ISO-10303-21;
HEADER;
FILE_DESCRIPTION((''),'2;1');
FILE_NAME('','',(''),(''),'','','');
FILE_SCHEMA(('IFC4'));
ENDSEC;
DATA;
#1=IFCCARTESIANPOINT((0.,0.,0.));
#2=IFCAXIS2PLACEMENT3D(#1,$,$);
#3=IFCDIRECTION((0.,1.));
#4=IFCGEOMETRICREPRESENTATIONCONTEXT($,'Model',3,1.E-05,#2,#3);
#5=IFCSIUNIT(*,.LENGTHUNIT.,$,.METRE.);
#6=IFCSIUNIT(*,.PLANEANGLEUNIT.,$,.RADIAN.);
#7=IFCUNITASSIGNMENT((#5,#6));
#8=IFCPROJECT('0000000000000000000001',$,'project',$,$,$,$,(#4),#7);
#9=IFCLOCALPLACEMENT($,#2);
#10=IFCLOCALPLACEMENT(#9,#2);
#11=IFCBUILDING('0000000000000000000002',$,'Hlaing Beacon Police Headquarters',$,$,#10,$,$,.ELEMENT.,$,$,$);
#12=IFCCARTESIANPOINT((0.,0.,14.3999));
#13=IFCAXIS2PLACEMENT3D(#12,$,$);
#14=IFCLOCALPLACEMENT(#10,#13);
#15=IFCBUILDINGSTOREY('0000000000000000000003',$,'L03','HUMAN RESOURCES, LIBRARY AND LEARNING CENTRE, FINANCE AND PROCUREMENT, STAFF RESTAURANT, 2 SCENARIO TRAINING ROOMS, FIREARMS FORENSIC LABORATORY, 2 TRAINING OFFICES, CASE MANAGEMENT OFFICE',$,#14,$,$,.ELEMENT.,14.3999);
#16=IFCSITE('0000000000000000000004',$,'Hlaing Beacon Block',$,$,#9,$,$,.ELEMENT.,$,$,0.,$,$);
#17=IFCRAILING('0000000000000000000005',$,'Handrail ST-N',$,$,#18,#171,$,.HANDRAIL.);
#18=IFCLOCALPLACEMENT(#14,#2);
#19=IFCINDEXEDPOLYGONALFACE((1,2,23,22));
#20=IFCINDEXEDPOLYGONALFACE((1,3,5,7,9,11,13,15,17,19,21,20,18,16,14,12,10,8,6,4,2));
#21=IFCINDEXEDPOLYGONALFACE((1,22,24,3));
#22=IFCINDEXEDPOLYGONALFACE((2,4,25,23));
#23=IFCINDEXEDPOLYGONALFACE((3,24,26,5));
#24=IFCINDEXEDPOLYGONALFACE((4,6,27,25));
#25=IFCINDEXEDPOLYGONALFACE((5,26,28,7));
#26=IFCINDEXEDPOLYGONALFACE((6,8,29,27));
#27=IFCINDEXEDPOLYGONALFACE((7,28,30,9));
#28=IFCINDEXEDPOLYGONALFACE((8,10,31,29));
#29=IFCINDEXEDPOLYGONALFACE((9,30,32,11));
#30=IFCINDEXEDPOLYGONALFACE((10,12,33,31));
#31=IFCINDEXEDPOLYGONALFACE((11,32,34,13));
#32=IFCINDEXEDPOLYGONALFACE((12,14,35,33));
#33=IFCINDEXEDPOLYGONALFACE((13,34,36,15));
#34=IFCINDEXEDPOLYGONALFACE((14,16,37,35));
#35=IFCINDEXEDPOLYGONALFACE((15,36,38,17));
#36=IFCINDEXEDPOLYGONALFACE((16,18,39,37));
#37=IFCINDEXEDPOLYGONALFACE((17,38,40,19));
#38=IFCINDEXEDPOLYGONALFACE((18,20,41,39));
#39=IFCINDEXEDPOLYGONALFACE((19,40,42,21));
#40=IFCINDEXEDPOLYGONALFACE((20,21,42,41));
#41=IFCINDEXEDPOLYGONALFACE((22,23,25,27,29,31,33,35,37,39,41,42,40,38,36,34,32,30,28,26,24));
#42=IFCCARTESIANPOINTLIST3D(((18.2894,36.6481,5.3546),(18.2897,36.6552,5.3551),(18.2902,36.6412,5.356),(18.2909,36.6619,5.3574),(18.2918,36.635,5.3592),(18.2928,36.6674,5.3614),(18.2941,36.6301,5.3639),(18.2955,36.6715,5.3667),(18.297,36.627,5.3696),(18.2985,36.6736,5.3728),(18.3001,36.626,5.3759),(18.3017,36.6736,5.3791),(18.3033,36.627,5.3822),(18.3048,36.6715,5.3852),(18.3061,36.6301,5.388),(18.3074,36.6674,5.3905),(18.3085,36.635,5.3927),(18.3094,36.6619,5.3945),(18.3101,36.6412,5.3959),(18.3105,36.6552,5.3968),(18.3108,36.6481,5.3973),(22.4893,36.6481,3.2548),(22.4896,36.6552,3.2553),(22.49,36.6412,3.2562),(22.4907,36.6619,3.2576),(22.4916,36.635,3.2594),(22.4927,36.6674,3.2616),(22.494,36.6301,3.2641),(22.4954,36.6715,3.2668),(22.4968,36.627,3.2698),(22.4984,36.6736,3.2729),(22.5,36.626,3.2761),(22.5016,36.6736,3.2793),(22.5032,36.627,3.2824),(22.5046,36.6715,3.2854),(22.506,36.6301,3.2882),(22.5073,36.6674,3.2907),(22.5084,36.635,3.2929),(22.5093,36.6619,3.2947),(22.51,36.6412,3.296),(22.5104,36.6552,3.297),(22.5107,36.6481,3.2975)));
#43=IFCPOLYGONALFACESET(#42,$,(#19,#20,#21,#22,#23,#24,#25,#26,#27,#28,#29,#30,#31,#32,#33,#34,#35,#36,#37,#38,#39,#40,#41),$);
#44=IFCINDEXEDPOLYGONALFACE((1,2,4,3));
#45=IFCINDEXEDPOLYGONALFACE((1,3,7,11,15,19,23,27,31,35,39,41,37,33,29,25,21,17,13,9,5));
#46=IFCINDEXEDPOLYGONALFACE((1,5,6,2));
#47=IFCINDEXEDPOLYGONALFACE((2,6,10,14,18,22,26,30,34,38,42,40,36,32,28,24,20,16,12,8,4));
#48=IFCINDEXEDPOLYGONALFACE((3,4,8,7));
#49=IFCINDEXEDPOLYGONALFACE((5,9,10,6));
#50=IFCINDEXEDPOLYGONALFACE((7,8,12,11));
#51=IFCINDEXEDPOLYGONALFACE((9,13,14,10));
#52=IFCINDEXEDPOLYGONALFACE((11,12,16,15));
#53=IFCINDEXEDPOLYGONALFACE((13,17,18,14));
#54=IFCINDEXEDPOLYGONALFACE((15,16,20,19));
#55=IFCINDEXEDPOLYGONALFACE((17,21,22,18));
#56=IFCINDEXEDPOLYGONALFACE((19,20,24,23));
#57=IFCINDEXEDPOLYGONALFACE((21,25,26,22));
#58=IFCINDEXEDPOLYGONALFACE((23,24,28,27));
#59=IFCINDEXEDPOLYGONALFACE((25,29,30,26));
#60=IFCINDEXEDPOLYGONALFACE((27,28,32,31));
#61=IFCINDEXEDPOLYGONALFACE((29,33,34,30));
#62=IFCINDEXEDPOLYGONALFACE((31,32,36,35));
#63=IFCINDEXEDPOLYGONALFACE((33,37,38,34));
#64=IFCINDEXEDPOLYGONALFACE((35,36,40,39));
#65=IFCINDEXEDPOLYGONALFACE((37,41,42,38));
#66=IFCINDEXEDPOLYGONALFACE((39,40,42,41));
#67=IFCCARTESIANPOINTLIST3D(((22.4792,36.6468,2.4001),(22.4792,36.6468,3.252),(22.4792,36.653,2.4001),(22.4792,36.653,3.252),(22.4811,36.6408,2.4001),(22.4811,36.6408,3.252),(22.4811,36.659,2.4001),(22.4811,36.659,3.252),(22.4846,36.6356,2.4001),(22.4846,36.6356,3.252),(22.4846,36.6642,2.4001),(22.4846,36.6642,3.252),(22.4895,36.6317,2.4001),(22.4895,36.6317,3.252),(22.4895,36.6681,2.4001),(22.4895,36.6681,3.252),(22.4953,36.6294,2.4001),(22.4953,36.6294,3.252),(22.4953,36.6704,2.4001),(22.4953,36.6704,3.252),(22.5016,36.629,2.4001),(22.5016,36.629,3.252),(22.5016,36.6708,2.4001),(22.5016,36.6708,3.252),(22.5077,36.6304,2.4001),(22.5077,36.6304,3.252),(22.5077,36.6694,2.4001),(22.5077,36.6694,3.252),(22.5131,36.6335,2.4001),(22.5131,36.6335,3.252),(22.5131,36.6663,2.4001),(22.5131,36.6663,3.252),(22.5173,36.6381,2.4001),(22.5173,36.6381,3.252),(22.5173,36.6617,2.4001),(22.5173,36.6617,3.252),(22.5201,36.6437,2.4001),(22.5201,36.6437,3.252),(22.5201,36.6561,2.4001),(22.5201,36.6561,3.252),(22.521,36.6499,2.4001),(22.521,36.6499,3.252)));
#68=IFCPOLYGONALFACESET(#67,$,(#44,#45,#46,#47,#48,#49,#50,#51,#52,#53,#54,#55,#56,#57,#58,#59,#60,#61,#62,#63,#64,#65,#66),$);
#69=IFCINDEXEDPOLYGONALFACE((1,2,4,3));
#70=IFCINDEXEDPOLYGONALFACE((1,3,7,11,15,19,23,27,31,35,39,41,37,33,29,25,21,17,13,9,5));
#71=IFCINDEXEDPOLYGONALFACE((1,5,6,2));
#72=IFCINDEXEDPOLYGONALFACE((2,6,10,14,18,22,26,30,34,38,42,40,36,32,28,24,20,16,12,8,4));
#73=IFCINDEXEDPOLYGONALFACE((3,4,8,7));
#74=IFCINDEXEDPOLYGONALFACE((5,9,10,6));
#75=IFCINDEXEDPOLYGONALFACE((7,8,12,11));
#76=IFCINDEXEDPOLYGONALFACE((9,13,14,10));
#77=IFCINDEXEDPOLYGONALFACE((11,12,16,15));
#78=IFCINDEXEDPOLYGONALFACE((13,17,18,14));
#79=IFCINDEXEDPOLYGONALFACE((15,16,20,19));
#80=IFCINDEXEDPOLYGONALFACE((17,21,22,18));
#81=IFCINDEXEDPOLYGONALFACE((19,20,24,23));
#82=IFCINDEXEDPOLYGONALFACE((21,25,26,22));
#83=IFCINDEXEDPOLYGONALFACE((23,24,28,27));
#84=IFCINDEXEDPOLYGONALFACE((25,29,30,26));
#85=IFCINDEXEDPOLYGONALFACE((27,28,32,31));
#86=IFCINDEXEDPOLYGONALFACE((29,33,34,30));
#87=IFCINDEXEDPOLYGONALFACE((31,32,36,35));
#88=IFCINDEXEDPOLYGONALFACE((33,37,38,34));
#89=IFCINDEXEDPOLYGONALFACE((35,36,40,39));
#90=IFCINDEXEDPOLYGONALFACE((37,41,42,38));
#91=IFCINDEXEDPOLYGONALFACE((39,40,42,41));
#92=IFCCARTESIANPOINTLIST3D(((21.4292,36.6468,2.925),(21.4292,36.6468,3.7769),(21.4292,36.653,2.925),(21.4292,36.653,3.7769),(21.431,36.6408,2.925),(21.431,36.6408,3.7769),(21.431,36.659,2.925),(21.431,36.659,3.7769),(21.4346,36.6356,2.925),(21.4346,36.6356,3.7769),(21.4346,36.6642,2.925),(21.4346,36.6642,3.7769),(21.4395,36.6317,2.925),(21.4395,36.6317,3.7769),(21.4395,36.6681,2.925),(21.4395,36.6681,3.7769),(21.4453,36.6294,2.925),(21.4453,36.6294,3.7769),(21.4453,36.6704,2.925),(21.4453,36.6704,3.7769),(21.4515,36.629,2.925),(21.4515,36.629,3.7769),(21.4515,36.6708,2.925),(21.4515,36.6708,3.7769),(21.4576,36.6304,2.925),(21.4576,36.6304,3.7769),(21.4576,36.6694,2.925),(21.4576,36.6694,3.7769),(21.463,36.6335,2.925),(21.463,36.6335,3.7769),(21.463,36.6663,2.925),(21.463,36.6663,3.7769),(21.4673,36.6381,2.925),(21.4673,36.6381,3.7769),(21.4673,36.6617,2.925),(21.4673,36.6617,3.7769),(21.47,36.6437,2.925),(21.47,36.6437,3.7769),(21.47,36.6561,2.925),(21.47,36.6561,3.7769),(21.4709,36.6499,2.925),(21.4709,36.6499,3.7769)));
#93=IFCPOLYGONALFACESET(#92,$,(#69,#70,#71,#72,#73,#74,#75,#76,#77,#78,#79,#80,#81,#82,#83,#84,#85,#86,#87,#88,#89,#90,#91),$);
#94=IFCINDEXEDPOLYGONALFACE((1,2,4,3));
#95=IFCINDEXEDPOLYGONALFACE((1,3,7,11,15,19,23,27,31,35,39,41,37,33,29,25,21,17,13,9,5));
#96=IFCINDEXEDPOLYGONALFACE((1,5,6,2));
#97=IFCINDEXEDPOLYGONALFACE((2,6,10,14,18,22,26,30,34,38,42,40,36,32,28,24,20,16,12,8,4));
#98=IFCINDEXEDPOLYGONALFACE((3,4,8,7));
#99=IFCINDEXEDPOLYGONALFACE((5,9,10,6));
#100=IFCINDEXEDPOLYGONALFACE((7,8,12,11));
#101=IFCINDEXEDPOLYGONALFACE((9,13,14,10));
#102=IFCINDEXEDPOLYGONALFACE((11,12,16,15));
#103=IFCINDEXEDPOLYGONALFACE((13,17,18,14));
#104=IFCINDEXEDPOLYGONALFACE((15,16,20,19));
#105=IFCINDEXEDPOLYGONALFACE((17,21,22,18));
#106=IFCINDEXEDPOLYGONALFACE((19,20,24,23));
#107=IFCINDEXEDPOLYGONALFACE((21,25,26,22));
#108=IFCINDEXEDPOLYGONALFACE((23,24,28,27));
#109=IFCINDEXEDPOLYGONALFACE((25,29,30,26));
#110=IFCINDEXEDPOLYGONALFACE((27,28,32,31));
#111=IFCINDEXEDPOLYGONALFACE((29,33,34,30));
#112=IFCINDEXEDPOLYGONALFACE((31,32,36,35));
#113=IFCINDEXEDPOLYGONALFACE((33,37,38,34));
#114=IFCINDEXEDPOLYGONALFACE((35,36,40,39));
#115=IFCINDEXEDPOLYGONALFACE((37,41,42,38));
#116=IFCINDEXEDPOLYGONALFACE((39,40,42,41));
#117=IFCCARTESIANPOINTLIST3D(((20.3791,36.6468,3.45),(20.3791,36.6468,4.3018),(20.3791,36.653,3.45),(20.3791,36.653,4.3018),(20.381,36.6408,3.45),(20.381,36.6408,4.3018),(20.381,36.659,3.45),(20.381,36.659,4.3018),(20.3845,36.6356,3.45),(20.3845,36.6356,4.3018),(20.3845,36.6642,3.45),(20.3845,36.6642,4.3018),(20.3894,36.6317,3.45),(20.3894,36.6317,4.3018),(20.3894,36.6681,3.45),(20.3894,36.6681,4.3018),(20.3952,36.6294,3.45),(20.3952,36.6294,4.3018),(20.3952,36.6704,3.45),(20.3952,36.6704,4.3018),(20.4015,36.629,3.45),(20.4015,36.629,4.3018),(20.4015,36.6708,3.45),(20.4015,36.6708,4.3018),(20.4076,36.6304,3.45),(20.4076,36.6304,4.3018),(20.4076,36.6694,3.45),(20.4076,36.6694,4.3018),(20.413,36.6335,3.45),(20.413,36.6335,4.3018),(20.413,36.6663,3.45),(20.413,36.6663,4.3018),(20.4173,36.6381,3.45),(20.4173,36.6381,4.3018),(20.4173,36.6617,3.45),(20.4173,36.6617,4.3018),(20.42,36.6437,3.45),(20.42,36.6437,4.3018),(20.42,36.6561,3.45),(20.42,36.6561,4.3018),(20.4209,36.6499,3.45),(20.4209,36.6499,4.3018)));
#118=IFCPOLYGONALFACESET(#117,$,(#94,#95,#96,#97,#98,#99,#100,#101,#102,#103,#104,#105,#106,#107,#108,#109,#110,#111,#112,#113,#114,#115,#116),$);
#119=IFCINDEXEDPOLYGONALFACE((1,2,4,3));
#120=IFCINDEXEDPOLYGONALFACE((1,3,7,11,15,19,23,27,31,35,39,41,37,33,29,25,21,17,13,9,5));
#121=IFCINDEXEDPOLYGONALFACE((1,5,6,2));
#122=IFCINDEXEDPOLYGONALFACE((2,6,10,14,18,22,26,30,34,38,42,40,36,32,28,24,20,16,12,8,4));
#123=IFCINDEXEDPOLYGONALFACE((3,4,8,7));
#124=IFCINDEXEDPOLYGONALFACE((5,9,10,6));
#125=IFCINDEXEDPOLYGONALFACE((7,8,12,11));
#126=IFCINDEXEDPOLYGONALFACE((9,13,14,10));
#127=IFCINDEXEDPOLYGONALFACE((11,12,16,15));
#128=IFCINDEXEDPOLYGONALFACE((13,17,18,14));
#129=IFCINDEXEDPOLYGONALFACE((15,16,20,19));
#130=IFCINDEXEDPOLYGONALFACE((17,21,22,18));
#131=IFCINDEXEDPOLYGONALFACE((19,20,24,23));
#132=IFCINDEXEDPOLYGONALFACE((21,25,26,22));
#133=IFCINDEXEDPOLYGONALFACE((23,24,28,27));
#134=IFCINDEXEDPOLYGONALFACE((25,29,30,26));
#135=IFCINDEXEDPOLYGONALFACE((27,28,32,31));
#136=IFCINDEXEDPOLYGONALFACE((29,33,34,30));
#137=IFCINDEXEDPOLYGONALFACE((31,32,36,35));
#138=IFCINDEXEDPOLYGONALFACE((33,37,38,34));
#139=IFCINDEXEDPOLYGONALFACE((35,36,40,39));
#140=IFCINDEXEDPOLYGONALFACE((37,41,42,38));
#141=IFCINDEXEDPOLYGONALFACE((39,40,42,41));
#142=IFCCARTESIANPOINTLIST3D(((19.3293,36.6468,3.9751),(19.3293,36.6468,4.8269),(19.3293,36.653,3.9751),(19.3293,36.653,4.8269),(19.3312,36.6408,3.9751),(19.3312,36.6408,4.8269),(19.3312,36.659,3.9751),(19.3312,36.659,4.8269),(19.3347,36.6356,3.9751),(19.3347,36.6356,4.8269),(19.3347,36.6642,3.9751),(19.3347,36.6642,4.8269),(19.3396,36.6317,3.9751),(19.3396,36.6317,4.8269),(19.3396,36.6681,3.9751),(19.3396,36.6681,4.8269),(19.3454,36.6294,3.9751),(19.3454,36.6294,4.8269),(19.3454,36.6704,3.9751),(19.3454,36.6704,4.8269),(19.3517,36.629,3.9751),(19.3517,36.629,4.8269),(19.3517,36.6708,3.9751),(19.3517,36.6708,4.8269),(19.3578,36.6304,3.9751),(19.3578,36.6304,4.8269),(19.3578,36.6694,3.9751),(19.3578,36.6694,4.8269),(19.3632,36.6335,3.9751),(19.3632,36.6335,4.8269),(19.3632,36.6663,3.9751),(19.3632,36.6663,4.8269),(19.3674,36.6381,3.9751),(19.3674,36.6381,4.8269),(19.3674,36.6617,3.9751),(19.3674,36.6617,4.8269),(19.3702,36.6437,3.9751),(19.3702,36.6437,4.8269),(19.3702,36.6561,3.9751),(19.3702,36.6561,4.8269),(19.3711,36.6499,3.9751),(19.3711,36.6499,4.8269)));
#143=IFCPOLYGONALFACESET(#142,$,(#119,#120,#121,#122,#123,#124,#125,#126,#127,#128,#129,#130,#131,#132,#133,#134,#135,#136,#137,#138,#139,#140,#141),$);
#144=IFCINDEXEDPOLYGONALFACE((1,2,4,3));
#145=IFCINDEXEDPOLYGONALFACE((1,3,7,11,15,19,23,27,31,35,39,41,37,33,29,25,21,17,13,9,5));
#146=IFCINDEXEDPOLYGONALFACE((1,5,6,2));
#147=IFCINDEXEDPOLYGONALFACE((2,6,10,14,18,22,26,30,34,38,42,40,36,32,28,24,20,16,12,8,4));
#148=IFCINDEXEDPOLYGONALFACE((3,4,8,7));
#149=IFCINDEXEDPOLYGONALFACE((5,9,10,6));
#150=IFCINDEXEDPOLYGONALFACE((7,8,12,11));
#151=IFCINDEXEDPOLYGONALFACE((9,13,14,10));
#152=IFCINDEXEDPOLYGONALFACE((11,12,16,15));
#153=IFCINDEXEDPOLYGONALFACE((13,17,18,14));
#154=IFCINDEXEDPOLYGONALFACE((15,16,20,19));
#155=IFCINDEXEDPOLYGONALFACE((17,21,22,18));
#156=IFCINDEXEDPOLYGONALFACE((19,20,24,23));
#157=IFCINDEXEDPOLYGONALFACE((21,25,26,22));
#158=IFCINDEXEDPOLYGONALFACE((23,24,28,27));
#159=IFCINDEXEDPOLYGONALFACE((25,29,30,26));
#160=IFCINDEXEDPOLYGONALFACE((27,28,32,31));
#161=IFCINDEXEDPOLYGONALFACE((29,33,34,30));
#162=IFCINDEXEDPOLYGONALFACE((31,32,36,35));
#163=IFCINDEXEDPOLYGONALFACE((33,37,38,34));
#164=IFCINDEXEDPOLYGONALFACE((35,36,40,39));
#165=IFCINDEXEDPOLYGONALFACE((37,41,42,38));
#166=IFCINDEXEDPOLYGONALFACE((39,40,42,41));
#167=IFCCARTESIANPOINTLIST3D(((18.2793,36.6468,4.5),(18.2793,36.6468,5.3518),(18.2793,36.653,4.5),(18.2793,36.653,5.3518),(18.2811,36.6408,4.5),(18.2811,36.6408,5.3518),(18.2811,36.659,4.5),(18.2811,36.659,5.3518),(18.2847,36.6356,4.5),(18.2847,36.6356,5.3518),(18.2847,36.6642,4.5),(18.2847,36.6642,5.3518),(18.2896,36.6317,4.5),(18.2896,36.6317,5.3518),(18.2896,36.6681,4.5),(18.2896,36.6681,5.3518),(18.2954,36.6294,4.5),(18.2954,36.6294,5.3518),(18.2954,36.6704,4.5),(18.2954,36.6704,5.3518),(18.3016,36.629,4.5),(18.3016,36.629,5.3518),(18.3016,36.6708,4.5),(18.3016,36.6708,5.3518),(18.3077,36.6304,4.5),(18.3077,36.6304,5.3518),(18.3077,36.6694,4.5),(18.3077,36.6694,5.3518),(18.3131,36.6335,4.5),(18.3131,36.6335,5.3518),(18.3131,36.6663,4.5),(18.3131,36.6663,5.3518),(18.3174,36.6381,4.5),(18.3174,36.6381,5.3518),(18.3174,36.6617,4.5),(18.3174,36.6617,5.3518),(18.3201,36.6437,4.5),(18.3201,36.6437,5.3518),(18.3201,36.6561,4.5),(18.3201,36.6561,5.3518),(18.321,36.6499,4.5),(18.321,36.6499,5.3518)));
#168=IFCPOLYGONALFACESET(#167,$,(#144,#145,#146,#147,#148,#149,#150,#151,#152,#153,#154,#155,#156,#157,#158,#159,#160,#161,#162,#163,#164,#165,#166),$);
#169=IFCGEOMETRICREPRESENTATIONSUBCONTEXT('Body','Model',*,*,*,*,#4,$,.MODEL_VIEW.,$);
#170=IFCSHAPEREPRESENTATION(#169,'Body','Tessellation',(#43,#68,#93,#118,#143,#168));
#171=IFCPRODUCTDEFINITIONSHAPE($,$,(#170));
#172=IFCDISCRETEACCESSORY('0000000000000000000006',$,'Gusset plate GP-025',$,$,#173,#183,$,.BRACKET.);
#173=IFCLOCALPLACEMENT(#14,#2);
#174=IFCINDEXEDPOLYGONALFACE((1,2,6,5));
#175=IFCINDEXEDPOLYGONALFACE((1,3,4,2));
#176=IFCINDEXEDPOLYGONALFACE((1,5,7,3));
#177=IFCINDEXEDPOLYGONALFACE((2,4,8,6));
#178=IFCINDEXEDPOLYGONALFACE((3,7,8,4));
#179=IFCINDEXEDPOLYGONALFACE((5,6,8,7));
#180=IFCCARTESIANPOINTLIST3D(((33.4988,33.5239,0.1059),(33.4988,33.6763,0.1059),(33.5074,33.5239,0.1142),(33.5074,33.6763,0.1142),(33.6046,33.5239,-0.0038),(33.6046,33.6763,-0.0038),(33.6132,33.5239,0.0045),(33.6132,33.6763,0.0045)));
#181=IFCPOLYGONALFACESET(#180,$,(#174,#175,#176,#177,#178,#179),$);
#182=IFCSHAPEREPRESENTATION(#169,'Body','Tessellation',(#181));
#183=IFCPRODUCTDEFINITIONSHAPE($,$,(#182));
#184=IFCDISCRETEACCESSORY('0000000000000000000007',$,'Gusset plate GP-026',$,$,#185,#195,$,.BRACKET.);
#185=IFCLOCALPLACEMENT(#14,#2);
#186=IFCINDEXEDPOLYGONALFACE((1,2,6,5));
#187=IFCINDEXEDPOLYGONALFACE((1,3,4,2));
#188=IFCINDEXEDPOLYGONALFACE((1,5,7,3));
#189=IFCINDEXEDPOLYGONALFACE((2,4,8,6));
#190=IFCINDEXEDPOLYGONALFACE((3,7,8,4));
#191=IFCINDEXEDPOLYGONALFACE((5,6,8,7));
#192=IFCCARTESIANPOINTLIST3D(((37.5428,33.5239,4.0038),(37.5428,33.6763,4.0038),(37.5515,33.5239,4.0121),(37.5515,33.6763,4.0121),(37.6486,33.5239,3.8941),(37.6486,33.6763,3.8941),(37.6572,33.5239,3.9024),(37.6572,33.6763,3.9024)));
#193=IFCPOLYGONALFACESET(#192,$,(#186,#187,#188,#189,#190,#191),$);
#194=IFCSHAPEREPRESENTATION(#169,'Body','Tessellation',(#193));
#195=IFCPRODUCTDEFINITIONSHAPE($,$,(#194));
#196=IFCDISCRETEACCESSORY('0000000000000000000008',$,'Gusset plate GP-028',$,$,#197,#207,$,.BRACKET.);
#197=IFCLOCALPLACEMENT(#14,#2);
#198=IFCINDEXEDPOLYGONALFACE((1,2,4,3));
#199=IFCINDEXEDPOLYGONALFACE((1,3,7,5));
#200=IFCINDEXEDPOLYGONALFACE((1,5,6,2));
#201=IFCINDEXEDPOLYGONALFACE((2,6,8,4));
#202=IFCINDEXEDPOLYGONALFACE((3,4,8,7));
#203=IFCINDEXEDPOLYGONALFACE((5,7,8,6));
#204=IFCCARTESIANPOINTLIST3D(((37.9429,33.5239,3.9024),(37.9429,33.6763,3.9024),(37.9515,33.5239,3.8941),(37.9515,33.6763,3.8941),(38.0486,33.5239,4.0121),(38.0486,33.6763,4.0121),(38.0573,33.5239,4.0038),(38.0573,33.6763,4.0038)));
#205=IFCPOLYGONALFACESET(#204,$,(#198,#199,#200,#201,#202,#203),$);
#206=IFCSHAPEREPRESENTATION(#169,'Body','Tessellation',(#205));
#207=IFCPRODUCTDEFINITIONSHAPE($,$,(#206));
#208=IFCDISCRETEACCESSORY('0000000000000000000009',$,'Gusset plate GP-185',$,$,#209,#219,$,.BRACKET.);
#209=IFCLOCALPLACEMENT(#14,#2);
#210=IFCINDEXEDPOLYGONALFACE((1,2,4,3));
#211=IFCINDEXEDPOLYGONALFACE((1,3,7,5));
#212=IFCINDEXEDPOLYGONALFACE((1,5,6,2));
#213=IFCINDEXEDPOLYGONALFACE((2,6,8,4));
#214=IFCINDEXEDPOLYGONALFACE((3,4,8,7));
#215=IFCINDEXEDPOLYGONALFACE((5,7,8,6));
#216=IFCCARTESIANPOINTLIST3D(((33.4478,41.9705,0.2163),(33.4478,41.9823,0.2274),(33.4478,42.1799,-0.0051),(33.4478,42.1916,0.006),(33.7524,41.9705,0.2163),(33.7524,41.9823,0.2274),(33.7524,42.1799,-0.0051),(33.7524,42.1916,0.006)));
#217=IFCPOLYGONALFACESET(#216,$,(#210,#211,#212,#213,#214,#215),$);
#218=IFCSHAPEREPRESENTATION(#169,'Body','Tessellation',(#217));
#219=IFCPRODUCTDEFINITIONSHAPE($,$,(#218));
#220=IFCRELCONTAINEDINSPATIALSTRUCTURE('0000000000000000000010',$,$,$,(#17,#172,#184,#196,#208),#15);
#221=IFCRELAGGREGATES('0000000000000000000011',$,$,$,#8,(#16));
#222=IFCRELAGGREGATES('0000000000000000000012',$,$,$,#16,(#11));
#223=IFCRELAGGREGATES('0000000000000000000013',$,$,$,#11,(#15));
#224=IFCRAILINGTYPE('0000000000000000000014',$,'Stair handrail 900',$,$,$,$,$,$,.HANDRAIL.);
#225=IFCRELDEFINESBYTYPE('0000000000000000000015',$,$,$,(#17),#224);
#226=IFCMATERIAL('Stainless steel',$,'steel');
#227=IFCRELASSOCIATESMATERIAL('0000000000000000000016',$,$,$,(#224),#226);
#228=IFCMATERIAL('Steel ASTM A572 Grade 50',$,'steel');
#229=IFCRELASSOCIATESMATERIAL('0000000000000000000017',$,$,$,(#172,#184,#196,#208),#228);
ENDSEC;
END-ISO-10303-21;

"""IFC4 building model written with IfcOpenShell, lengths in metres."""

from ifc_helpers import new_model, si_unit, direction, frame, origin, origin_2d, place, context, subcontext, project, spatial, rectangle, circle, extrude, material, type_object, element, save


model = new_model("IFC4")

# Units and contexts
model_context = context("Model", 3, precision=1e-05, world=origin(), true_north=direction((0.0, 1.0)))
body_context = subcontext(model_context, "Body", "Model", "MODEL_VIEW")
ifc_project = project(units=[si_unit("LENGTHUNIT", "METRE"), si_unit("PLANEANGLEUNIT", "RADIAN")], contexts=[model_context])

# Site, building, storey
site_placement = place(None, origin())
site = spatial("IfcSite", under=ifc_project, at=site_placement, Name="Hlaing Beacon Block", CompositionType="ELEMENT", RefElevation=0.0)
building_placement = place(site_placement, origin())
building = spatial("IfcBuilding", under=site, at=building_placement, Name="Hlaing Beacon Police Headquarters", CompositionType="ELEMENT")
storey_placement = place(building_placement, frame((0.0, 0.0, 14.3999)))
storey = spatial("IfcBuildingStorey", under=building, at=storey_placement, Name="L03", Description="HUMAN RESOURCES, LIBRARY AND LEARNING CENTRE, FINANCE AND PROCUREMENT, STAFF RESTAURANT, 2 SCENARIO TRAINING ROOMS, FIREARMS FORENSIC LABORATORY, 2 TRAINING OFFICES, CASE MANAGEMENT OFFICE", CompositionType="ELEMENT", Elevation=14.3999)

# Railing
ifc_material_1 = material(Name="Stainless steel", Category="steel")
railing_type = type_object("IfcRailingType", Name="Stair handrail 900", PredefinedType="HANDRAIL", material=ifc_material_1)
for number, where, name in (
    (1, (22.5, 36.6499, 2.4001), "Handrail ST-N"),
):
    element("IfcRailing", number, at=place(storey_placement, frame(where)), inside=storey, type_object=railing_type, Name=name, PredefinedType="HANDRAIL", context=body_context, shape_type="SweptSolid", body=[
        extrude(circle(Radius=0.0239, at=origin_2d()), frame((0.0, 0.0, 0.876), z_axis=(-0.894438, 0.0, 0.447193), x_axis=(0.0, -1.0, 0.0)), (0.0, 0.0, 1.0), 4.6956),
        extrude(circle(Radius=0.021, at=origin_2d()), origin(), (0.0, 0.0, 1.0), 0.8518),
        extrude(circle(Radius=0.021, at=origin_2d()), frame((-1.05, 0.0, 0.5249)), (0.0, 0.0, 1.0), 0.8518),
        extrude(circle(Radius=0.021, at=origin_2d()), frame((-2.1001, 0.0, 1.0498)), (0.0, 0.0, 1.0), 0.8518),
        extrude(circle(Radius=0.021, at=origin_2d()), frame((-3.1499, 0.0, 1.575)), (0.0, 0.0, 1.0), 0.8518),
        extrude(circle(Radius=0.021, at=origin_2d()), frame((-4.2, 0.0, 2.0999)), (0.0, 0.0, 1.0), 0.8518),
    ])

# Discrete accessories
ifc_material_2 = material(Name="Steel ASTM A572 Grade 50", Category="steel")
for number, where, z_axis, x_axis, name in (
    (2, (33.5603, 33.6001, 0.0593), (-0.720005, 0.0, -0.693969), (0.0, -1.0, 0.0), "Gusset plate GP-025"),
    (3, (37.5957, 33.6001, 3.949), (0.720005, 0.0, 0.693969), (0.0, 1.0, 0.0), "Gusset plate GP-026"),
    (4, (38.0044, 33.6001, 3.949), (-0.719984, 0.0, 0.693991), (0.0, -1.0, 0.0), "Gusset plate GP-028"),
):
    element("IfcDiscreteAccessory", number, at=place(storey_placement, frame(where, z_axis=z_axis, x_axis=x_axis)), inside=storey, material=ifc_material_2, Name=name, PredefinedType="BRACKET", context=body_context, shape_type="SweptSolid", body=[
        extrude(rectangle(XDim=0.1523, YDim=0.1523, at=origin_2d()), origin(), (0.0, 0.0, 1.0), 0.012),
    ])
discrete_accessory_placement = place(storey_placement, frame((33.6001, 42.0869, 0.1167), z_axis=(0.0, -0.726657, -0.687001), x_axis=(1.0, 0.0, 0.0)))
element("IfcDiscreteAccessory", 5, at=discrete_accessory_placement, inside=storey, material=ifc_material_2, Name="Gusset plate GP-185", PredefinedType="BRACKET", context=body_context, shape_type="SweptSolid", body=[
    extrude(rectangle(XDim=0.3047, YDim=0.3047, at=origin_2d()), origin(), (0.0, 0.0, 1.0), 0.0161),
])

save(model, "model.ifc")
